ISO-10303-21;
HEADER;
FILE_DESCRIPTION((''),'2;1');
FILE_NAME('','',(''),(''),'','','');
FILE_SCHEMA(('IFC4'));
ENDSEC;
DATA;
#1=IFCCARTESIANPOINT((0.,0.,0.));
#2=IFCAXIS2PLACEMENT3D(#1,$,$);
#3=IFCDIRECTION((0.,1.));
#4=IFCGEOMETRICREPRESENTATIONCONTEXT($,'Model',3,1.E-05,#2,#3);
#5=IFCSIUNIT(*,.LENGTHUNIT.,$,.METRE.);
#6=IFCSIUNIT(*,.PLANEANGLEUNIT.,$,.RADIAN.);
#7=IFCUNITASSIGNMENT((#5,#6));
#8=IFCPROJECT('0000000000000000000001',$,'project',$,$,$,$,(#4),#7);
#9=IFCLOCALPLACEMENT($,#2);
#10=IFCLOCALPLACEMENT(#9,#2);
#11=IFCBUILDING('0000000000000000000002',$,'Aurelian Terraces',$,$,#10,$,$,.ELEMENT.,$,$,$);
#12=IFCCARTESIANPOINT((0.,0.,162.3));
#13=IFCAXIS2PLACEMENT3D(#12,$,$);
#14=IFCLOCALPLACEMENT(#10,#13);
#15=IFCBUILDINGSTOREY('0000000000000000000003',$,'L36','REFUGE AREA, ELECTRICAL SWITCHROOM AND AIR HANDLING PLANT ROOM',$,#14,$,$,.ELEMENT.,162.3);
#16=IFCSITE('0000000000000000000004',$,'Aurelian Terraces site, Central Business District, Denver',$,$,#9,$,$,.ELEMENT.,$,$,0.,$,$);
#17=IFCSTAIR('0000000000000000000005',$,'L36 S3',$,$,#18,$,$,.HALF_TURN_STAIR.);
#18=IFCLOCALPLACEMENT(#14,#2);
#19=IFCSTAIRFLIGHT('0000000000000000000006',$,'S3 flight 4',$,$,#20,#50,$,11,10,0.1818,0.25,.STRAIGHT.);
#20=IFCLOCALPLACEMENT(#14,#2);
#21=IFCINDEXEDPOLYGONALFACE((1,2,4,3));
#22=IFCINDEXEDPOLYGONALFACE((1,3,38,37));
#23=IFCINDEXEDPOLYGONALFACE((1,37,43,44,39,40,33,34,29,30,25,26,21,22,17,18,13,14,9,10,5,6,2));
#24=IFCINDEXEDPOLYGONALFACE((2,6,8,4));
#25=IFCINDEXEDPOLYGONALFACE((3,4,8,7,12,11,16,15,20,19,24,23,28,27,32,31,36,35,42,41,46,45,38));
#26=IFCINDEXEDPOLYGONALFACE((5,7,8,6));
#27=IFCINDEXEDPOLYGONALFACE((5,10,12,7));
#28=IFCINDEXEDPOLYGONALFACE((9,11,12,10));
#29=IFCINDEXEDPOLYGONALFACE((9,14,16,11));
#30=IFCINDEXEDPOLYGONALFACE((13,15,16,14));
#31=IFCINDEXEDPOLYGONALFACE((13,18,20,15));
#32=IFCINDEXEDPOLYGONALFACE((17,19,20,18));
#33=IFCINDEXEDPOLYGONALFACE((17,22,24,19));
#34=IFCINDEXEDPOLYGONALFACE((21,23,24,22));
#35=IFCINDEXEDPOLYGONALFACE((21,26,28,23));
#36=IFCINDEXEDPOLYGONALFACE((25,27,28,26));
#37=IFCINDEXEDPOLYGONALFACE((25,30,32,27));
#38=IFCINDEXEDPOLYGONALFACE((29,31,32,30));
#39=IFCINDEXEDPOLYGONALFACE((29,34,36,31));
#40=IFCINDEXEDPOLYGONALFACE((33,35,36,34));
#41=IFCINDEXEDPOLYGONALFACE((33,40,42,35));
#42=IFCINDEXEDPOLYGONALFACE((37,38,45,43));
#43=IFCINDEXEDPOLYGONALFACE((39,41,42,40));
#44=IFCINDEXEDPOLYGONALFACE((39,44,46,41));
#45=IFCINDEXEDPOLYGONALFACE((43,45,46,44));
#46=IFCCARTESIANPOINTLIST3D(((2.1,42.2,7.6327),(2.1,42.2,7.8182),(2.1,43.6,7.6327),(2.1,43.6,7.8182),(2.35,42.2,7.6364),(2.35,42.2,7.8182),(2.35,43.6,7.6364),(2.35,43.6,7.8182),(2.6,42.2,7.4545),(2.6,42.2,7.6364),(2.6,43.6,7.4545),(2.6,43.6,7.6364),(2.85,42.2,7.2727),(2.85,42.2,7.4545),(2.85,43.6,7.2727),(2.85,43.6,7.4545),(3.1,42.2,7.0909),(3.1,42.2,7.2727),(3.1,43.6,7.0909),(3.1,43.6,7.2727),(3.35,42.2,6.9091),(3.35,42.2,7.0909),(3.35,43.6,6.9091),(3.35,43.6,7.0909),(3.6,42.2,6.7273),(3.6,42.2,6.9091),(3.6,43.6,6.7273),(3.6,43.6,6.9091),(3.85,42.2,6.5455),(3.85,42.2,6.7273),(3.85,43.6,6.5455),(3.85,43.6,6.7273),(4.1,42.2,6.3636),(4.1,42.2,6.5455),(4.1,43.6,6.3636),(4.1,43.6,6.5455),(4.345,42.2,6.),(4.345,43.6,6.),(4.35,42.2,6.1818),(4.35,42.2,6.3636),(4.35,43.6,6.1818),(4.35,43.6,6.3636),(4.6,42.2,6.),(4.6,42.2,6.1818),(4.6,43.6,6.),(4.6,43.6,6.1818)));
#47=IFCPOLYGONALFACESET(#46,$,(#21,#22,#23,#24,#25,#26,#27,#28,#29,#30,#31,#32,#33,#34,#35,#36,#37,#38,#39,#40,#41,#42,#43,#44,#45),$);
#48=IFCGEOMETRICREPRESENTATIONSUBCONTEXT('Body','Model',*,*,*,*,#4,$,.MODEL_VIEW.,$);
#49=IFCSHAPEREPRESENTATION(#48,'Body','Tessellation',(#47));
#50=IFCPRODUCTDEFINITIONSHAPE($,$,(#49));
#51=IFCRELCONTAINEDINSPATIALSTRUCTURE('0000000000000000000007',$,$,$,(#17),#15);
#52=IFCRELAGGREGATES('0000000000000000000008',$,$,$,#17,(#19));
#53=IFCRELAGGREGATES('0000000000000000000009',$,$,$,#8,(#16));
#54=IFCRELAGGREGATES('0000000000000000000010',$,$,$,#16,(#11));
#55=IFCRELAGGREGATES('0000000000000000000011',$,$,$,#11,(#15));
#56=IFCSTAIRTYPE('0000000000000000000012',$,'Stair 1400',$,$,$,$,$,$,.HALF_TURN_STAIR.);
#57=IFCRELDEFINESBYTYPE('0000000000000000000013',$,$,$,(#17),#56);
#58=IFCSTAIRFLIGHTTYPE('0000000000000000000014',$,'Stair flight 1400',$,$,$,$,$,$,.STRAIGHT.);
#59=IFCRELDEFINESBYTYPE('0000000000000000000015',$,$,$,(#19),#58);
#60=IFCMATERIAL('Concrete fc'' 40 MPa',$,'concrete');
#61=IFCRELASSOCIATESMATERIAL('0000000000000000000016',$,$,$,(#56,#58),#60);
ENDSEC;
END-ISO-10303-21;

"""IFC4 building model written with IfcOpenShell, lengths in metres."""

from ifc_helpers import new_model, si_unit, direction, frame, origin, place, context, subcontext, project, spatial, polyline, outline, extrude, source, transform, mapped, material, type_object, element, aggregate, save


model = new_model("IFC4")

# Units and contexts
model_context = context("Model", 3, precision=1e-05, world=origin(), true_north=direction((0.0, 1.0)))
body_context = subcontext(model_context, "Body", "Model", "MODEL_VIEW")
ifc_project = project(units=[si_unit("LENGTHUNIT", "METRE"), si_unit("PLANEANGLEUNIT", "RADIAN")], contexts=[model_context])

# Site, building, storey
site_placement = place(None, origin())
site = spatial("IfcSite", under=ifc_project, at=site_placement, Name="Aurelian Terraces site, Central Business District, Denver", CompositionType="ELEMENT", RefElevation=0.0)
building_placement = place(site_placement, origin())
building = spatial("IfcBuilding", under=site, at=building_placement, Name="Aurelian Terraces", CompositionType="ELEMENT")
storey_placement = place(building_placement, frame((0.0, 0.0, 162.3)))
storey = spatial("IfcBuildingStorey", under=building, at=storey_placement, Name="L36", Description="REFUGE AREA, ELECTRICAL SWITCHROOM AND AIR HANDLING PLANT ROOM", CompositionType="ELEMENT", Elevation=162.3)

# Shared definitions
ifc_material_1 = material(Name="Concrete fc' 40 MPa", Category="concrete")

# Stair, stair flight
stair_type = type_object("IfcStairType", Name="Stair 1400", PredefinedType="HALF_TURN_STAIR", material=ifc_material_1)
stair_placement = place(storey_placement, origin())
stair = element("IfcStair", 1, at=stair_placement, inside=storey, type_object=stair_type, Name="L36 S3", PredefinedType="HALF_TURN_STAIR")
stair_flight_type = type_object("IfcStairFlightType", Name="Stair flight 1400", PredefinedType="STRAIGHT", material=ifc_material_1)
shared_shape_1 = source(origin(), body_context, "Body", "SweptSolid", [
    extrude(outline(polyline([(0.0, 0.0), (0.0, 0.1818), (0.25, 0.1818), (0.25, 0.3636), (0.5, 0.3636), (0.5, 0.5455), (0.75, 0.5455), (0.75, 0.7273), (1.0, 0.7273), (1.0, 0.9091), (1.25, 0.9091), (1.25, 1.0909), (1.5, 1.0909), (1.5, 1.2727), (1.75, 1.2727), (1.75, 1.4545), (2.0, 1.4545), (2.0, 1.6364), (2.25, 1.6364), (2.25, 1.8182), (2.5, 1.8182), (2.5, 2.0), (2.5, 1.6327), (0.255, 0.0), (0.0, 0.0)])), frame((0.0, 0.7, 0.0), z_axis=(0.0, -1.0, 0.0), x_axis=(1.0, 0.0, 0.0)), (0.0, 0.0, 1.0), 1.4),
])
stair_flight_1_placement = place(storey_placement, frame((4.6, 42.9, 6.0), z_axis=(0.0, 0.0, 1.0), x_axis=(-1.0, 0.0, 0.0)))
stair_flight_1 = element("IfcStairFlight", 2, at=stair_flight_1_placement, type_object=stair_flight_type, Name="S3 flight 4", NumberOfRisers=11, NumberOfTreads=10, PredefinedType="STRAIGHT", RiserHeight=0.1818, TreadLength=0.25, context=body_context, shape_type="MappedRepresentation", body=[
    mapped(shared_shape_1, transform((0.0, 0.0, 0.0), scale=1.0)),
])
aggregate(stair, [stair_flight_1])

save(model, "model.ifc")
